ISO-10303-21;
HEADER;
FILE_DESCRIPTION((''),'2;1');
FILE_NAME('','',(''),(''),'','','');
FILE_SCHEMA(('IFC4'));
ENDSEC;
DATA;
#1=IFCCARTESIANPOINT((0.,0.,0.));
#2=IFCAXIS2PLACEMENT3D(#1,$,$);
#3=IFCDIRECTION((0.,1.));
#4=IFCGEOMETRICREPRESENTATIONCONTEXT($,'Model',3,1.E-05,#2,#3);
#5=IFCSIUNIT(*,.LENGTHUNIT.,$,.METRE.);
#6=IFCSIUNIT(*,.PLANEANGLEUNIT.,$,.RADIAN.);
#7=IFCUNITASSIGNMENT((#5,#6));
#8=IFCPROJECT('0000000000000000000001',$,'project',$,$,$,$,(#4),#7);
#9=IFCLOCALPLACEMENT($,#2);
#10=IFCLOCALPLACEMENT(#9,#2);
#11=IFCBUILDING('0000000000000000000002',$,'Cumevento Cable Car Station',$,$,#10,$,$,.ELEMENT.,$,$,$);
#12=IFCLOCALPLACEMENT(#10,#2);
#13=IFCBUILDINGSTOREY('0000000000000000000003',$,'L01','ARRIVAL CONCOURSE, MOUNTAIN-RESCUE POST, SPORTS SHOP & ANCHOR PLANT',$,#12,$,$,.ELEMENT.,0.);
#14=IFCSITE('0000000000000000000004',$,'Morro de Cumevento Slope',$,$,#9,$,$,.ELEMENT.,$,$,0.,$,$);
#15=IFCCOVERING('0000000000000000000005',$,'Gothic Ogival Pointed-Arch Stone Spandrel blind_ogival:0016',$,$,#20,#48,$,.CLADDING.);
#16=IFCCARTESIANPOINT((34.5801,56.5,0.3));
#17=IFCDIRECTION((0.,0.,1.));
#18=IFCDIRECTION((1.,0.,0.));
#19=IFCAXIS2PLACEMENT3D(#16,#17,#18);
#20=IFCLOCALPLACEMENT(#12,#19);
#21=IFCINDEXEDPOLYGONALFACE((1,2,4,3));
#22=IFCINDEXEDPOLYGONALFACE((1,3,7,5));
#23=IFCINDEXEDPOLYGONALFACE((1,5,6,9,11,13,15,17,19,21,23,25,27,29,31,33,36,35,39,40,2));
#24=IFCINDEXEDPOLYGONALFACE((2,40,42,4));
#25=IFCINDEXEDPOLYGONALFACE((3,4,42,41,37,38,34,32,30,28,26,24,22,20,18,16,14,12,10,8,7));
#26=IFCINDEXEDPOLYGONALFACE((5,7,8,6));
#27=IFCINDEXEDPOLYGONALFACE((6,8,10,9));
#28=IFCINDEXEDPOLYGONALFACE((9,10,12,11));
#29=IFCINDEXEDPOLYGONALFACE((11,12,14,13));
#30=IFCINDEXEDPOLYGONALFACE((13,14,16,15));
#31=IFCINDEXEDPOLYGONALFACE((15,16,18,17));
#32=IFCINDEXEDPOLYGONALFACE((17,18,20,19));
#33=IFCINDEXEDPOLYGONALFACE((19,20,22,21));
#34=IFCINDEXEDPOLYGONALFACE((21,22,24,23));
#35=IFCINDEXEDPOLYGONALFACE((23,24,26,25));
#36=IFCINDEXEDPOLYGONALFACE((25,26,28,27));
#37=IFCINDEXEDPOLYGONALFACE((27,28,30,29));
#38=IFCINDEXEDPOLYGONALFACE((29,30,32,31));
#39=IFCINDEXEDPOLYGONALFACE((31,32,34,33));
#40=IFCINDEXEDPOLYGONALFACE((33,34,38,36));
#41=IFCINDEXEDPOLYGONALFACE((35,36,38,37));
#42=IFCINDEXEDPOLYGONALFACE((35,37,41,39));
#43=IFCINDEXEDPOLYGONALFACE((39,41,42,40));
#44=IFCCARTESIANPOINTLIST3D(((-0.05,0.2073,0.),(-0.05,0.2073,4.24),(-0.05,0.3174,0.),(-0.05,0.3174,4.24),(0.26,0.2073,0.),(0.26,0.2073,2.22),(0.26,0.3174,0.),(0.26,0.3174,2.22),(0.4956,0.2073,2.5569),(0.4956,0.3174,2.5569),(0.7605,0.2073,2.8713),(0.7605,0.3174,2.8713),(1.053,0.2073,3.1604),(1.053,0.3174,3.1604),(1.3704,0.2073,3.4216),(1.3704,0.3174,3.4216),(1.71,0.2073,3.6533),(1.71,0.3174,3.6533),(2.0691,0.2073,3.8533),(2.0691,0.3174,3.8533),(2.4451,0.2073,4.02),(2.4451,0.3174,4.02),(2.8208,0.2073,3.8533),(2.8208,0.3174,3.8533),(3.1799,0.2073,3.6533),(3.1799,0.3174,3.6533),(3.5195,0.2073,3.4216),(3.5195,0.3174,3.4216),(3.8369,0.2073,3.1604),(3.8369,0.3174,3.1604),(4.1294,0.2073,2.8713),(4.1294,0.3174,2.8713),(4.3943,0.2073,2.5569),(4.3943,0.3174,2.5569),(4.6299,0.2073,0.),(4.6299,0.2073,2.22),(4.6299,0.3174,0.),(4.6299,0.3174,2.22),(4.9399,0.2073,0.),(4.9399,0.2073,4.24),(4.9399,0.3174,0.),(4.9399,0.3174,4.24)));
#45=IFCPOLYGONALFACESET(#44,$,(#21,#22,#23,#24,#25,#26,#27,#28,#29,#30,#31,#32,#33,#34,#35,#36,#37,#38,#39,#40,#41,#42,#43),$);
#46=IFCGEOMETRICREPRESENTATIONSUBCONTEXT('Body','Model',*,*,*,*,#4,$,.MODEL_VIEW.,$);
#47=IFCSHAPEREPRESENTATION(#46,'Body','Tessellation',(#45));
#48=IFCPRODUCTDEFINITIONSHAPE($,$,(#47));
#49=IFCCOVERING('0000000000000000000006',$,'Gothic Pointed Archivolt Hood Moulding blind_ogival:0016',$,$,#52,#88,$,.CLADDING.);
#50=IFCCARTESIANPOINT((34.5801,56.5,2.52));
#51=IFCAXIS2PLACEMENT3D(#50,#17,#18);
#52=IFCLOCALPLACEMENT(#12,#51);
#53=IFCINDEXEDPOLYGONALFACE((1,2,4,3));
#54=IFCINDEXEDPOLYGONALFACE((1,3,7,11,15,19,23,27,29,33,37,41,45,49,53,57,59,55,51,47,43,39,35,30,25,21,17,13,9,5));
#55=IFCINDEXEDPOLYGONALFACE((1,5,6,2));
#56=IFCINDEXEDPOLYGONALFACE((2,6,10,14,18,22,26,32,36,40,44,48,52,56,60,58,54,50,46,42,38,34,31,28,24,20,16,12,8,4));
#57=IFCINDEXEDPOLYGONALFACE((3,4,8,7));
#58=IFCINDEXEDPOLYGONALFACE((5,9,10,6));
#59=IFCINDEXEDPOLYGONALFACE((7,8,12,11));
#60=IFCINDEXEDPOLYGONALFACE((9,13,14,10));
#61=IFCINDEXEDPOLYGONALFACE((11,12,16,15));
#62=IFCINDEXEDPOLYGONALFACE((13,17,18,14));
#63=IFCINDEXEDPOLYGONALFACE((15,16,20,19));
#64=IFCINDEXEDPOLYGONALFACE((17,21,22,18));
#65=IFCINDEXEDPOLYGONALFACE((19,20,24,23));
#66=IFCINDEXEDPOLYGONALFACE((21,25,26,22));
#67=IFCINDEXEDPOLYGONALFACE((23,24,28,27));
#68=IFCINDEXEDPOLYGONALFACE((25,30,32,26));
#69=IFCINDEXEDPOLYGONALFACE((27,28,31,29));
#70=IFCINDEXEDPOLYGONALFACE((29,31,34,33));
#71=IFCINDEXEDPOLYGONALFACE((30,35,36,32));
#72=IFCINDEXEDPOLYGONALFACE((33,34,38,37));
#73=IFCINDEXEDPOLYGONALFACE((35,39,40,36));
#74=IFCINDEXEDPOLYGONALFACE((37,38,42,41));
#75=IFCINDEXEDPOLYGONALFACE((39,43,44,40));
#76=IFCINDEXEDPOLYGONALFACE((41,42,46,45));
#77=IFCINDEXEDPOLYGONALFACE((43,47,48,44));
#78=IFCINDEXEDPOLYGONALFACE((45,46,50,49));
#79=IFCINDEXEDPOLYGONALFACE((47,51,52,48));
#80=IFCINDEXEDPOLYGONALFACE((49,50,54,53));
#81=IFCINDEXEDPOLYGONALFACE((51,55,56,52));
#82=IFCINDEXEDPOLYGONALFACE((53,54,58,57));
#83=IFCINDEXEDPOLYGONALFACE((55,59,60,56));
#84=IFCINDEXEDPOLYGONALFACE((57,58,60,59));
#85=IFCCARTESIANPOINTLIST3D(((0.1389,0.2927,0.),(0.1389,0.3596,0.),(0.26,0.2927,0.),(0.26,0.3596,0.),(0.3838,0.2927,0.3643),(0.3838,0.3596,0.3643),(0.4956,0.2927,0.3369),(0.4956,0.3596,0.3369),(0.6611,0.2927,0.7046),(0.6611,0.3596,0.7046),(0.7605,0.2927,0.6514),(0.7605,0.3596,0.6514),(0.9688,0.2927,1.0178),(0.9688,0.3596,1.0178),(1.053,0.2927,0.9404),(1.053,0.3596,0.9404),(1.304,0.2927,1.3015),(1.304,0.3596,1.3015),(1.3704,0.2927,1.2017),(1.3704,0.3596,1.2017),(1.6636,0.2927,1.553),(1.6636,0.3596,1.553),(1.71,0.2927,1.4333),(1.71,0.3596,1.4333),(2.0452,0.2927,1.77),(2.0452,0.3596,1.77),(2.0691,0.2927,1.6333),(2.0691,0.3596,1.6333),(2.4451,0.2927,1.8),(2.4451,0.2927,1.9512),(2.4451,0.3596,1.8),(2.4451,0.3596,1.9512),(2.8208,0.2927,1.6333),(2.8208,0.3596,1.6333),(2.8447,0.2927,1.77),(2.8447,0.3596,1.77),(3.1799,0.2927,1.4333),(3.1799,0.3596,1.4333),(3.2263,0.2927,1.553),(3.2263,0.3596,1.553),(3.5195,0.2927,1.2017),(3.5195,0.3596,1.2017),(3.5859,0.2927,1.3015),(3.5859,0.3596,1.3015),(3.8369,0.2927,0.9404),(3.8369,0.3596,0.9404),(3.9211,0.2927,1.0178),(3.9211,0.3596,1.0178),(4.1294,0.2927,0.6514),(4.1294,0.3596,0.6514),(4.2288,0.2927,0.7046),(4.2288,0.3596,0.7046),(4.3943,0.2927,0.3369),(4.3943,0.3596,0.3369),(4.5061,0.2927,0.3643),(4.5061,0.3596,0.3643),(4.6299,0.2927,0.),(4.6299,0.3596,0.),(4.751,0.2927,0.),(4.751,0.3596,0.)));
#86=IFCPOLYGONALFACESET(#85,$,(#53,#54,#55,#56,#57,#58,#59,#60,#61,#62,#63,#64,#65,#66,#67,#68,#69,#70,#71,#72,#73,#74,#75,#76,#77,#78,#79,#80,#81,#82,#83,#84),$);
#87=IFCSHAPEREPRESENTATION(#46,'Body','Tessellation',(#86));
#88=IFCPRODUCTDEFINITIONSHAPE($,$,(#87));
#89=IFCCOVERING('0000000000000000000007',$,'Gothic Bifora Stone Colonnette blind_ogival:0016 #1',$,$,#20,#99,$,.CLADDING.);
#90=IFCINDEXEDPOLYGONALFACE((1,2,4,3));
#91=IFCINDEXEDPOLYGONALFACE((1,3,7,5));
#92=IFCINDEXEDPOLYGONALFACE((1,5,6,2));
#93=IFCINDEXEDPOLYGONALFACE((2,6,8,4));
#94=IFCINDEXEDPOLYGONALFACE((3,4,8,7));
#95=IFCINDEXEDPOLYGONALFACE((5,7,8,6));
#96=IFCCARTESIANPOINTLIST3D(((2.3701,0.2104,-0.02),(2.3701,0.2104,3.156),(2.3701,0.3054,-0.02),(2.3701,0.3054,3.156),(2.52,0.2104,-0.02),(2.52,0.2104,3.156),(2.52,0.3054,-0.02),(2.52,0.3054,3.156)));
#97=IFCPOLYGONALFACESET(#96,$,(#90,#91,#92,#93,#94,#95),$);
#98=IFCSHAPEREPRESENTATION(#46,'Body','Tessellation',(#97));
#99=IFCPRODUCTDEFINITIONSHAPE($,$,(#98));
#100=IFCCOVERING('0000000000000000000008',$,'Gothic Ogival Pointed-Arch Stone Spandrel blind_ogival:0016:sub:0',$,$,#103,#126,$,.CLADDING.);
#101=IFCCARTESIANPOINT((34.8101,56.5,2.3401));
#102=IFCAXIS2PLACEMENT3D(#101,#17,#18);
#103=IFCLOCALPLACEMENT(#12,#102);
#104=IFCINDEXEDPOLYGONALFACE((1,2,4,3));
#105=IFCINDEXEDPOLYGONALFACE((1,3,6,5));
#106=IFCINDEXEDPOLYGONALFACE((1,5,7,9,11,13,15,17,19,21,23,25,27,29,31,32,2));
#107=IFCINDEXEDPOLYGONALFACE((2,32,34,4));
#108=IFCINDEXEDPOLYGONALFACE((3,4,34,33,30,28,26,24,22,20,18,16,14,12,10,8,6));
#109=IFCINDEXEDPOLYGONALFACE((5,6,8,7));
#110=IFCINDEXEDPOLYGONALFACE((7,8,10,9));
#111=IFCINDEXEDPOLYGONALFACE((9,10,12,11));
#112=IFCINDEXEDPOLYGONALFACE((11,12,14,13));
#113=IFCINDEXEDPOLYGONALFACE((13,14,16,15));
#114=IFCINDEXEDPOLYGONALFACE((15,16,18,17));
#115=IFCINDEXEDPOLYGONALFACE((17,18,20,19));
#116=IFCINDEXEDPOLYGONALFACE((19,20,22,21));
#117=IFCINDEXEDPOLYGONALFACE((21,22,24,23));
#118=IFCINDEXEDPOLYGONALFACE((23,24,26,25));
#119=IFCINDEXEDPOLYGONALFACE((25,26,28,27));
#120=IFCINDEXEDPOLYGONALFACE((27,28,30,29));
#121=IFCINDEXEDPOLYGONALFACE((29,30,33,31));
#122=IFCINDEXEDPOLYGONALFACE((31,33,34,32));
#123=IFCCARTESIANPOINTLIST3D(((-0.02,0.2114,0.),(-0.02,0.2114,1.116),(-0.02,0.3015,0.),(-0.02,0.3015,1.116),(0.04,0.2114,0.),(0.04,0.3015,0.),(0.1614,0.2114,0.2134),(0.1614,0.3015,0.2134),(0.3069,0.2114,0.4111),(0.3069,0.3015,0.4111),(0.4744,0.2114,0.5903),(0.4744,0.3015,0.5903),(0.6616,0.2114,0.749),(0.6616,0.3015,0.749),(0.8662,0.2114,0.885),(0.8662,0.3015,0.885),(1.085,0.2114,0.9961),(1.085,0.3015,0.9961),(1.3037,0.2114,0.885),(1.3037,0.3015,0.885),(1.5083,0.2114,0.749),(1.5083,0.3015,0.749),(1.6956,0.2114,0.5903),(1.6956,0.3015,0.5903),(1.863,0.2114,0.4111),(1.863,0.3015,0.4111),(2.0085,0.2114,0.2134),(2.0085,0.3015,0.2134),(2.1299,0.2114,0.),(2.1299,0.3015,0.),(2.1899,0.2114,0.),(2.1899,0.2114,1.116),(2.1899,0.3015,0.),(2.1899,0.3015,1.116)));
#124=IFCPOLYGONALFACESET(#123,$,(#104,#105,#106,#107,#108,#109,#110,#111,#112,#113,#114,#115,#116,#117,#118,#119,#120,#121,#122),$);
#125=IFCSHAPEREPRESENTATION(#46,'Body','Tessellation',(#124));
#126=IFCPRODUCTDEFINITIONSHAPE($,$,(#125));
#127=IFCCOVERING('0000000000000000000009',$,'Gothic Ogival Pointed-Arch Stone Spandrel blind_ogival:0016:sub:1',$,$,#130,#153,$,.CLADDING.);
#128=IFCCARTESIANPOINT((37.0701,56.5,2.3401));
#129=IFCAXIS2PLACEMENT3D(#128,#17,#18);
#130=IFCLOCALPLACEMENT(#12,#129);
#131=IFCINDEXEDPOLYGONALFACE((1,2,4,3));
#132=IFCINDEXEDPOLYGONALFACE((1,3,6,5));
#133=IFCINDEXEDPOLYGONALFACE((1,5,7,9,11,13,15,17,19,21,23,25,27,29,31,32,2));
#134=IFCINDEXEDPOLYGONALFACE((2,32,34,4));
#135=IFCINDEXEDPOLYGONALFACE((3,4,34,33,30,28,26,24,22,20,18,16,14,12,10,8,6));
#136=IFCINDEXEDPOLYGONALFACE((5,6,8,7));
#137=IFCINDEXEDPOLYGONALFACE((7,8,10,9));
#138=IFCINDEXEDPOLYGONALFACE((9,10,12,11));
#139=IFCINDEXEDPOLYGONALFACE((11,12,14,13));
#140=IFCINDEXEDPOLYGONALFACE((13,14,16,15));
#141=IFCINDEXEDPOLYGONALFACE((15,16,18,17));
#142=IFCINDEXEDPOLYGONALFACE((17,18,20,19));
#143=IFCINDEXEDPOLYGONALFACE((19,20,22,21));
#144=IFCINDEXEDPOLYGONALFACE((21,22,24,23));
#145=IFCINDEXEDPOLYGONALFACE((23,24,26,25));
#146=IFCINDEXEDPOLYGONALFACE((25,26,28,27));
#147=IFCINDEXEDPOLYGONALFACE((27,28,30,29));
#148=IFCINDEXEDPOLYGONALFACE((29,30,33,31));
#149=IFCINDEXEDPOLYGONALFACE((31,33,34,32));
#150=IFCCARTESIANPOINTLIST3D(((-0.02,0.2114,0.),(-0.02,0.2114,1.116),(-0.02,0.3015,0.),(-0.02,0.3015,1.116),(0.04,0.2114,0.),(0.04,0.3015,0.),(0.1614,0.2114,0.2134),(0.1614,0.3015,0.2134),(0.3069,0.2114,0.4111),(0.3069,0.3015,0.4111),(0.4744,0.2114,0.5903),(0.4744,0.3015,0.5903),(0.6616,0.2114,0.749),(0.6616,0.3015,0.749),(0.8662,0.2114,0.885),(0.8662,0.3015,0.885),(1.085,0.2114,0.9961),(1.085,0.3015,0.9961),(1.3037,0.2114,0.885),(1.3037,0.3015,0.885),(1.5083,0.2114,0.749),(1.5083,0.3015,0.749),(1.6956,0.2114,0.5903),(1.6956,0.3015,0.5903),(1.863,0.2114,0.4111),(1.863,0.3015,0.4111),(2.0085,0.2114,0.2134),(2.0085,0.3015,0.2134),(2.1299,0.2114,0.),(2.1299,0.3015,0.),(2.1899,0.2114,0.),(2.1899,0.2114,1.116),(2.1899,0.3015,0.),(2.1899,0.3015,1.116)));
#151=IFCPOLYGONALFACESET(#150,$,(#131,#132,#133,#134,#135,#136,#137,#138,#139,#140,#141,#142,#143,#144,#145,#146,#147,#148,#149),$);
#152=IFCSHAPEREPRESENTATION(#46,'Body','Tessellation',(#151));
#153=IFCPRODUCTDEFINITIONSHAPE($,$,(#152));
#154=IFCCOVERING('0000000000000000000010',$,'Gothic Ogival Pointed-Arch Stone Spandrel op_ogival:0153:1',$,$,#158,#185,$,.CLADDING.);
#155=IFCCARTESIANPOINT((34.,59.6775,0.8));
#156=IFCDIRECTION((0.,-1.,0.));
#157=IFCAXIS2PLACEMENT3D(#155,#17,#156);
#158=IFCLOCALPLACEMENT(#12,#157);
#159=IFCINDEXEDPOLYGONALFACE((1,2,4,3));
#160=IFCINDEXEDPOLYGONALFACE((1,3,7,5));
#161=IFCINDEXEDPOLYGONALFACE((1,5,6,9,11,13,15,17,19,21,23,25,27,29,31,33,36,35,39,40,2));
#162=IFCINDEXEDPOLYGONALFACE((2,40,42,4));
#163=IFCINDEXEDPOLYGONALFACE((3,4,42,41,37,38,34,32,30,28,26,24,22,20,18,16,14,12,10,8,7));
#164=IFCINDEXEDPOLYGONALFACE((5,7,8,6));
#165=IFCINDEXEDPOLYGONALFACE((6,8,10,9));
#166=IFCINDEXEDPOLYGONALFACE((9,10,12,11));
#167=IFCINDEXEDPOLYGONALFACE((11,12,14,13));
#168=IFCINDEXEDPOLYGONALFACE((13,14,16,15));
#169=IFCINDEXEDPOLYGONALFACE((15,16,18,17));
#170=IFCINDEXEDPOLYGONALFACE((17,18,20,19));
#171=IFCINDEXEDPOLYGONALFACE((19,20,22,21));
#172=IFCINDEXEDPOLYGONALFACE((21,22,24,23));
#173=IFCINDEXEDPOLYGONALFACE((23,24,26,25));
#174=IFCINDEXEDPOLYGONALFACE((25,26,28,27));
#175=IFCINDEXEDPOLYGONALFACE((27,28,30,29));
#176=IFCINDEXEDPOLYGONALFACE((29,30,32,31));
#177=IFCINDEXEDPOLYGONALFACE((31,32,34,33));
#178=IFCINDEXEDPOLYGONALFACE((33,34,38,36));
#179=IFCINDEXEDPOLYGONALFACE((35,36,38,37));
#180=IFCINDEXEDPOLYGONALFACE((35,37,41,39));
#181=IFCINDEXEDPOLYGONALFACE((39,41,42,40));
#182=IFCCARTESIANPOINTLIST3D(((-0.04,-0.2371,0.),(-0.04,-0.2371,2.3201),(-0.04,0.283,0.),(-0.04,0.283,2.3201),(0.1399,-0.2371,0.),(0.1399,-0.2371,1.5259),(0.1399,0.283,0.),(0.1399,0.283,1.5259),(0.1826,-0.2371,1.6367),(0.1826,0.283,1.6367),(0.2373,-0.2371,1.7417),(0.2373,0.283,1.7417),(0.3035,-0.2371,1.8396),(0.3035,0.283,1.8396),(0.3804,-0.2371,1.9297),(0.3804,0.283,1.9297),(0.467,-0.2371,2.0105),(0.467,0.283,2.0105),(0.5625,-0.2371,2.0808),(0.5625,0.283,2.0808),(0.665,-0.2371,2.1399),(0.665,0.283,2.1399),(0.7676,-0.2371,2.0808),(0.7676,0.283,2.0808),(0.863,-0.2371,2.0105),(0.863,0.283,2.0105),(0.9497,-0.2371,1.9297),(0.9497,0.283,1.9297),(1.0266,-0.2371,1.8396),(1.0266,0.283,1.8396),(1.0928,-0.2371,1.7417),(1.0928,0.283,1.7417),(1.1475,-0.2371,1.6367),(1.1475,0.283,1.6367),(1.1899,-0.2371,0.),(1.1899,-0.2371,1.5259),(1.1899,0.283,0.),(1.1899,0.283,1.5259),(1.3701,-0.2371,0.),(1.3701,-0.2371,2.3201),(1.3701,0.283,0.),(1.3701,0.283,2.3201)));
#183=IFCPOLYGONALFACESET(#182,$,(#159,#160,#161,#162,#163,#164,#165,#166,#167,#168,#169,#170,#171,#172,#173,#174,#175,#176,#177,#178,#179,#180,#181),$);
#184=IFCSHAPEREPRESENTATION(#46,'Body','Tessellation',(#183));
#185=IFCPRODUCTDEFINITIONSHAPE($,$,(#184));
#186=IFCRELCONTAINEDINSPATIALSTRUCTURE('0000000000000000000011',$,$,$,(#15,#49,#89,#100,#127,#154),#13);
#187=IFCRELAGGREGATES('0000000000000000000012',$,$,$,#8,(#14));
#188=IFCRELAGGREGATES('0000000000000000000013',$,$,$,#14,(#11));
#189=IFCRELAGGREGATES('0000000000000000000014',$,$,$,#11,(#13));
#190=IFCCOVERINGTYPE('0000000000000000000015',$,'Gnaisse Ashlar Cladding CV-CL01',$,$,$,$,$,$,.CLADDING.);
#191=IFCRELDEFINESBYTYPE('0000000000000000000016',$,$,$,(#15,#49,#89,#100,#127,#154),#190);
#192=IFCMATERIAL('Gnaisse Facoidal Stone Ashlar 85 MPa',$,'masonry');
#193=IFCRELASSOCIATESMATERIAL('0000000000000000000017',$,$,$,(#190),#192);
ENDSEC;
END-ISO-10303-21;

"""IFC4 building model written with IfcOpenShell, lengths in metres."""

from ifc_helpers import new_model, si_unit, direction, frame, origin, place, context, subcontext, project, spatial, polyline, outline, extrude, material, type_object, element, save


model = new_model("IFC4")

# Units and contexts
model_context = context("Model", 3, precision=1e-05, world=origin(), true_north=direction((0.0, 1.0)))
body_context = subcontext(model_context, "Body", "Model", "MODEL_VIEW")
ifc_project = project(units=[si_unit("LENGTHUNIT", "METRE"), si_unit("PLANEANGLEUNIT", "RADIAN")], contexts=[model_context])

# Site, building, storey
site_placement = place(None, origin())
site = spatial("IfcSite", under=ifc_project, at=site_placement, Name="Morro de Cumevento Slope", CompositionType="ELEMENT", RefElevation=0.0)
building_placement = place(site_placement, origin())
building = spatial("IfcBuilding", under=site, at=building_placement, Name="Cumevento Cable Car Station", CompositionType="ELEMENT")
storey_placement = place(building_placement, origin())
storey = spatial("IfcBuildingStorey", under=building, at=storey_placement, Name="L01", Description="ARRIVAL CONCOURSE, MOUNTAIN-RESCUE POST, SPORTS SHOP & ANCHOR PLANT", CompositionType="ELEMENT", Elevation=0.0)

# Coverings
ifc_material_1 = material(Name="Gnaisse Facoidal Stone Ashlar 85 MPa", Category="masonry")
covering_type = type_object("IfcCoveringType", Name="Gnaisse Ashlar Cladding CV-CL01", PredefinedType="CLADDING", material=ifc_material_1)
placement = place(storey_placement, frame((34.5801, 56.5, 0.3), z_axis=(0.0, 0.0, 1.0), x_axis=(1.0, 0.0, 0.0)))
element("IfcCovering", 1, at=placement, inside=storey, type_object=covering_type, Name="Gothic Ogival Pointed-Arch Stone Spandrel blind_ogival:0016", PredefinedType="CLADDING", context=body_context, shape_type="SweptSolid", body=[
    extrude(outline(polyline([(-0.05, 0.0), (-0.05, 4.24), (4.9399, 4.24), (4.9399, 0.0), (4.6299, 0.0), (4.6299, 2.22), (4.3943, 2.5569), (4.1294, 2.8713), (3.8369, 3.1604), (3.5195, 3.4216), (3.1799, 3.6533), (2.8208, 3.8533), (2.4451, 4.02), (2.0691, 3.8533), (1.71, 3.6533), (1.3704, 3.4216), (1.053, 3.1604), (0.7605, 2.8713), (0.4956, 2.5569), (0.26, 2.22), (0.26, 0.0), (-0.05, 0.0)])), frame((0.0, 0.3174, 0.0), z_axis=(0.0, -1.0, 0.0), x_axis=(1.0, 0.0, 0.0)), (0.0, 0.0, 1.0), 0.1101),
])
covering_1_placement = place(storey_placement, frame((34.5801, 56.5, 2.52), z_axis=(0.0, 0.0, 1.0), x_axis=(1.0, 0.0, 0.0)))
element("IfcCovering", 2, at=covering_1_placement, inside=storey, type_object=covering_type, Name="Gothic Pointed Archivolt Hood Moulding blind_ogival:0016", PredefinedType="CLADDING", context=body_context, shape_type="SweptSolid", body=[
    extrude(outline(polyline([(0.26, 0.0), (0.4956, 0.3369), (0.7605, 0.6514), (1.053, 0.9404), (1.3704, 1.2017), (1.71, 1.4333), (2.0691, 1.6333), (2.4451, 1.8), (2.8208, 1.6333), (3.1799, 1.4333), (3.5195, 1.2017), (3.8369, 0.9404), (4.1294, 0.6514), (4.3943, 0.3369), (4.6299, 0.0), (4.751, 0.0), (4.5061, 0.3643), (4.2288, 0.7046), (3.9211, 1.0178), (3.5859, 1.3015), (3.2263, 1.553), (2.8447, 1.77), (2.4451, 1.9512), (2.0452, 1.77), (1.6636, 1.553), (1.304, 1.3015), (0.9688, 1.0178), (0.6611, 0.7046), (0.3838, 0.3643), (0.1389, 0.0), (0.26, 0.0)])), frame((0.0, 0.3596, 0.0), z_axis=(0.0, -1.0, 0.0), x_axis=(1.0, 0.0, 0.0)), (0.0, 0.0, 1.0), 0.0669),
])
element("IfcCovering", 3, at=placement, inside=storey, type_object=covering_type, Name="Gothic Bifora Stone Colonnette blind_ogival:0016 #1", PredefinedType="CLADDING", context=body_context, shape_type="SweptSolid", body=[
    extrude(outline(polyline([(2.3701, -0.02), (2.52, -0.02), (2.52, 3.156), (2.3701, 3.156), (2.3701, -0.02)])), frame((0.0, 0.3054, 0.0), z_axis=(0.0, -1.0, 0.0), x_axis=(1.0, 0.0, 0.0)), (0.0, 0.0, 1.0), 0.095),
])
for number, where, z_axis, x_axis, name in (
    (4, (34.8101, 56.5, 2.3401), (0.0, 0.0, 1.0), (1.0, 0.0, 0.0), "Gothic Ogival Pointed-Arch Stone Spandrel blind_ogival:0016:sub:0"),
    (5, (37.0701, 56.5, 2.3401), (0.0, 0.0, 1.0), (1.0, 0.0, 0.0), "Gothic Ogival Pointed-Arch Stone Spandrel blind_ogival:0016:sub:1"),
):
    element("IfcCovering", number, at=place(storey_placement, frame(where, z_axis=z_axis, x_axis=x_axis)), inside=storey, type_object=covering_type, Name=name, PredefinedType="CLADDING", context=body_context, shape_type="SweptSolid", body=[
        extrude(outline(polyline([(-0.02, 0.0), (-0.02, 1.116), (2.1899, 1.116), (2.1899, 0.0), (2.1299, 0.0), (2.0085, 0.2134), (1.863, 0.4111), (1.6956, 0.5903), (1.5083, 0.749), (1.3037, 0.885), (1.085, 0.9961), (0.8662, 0.885), (0.6616, 0.749), (0.4744, 0.5903), (0.3069, 0.4111), (0.1614, 0.2134), (0.04, 0.0), (-0.02, 0.0)])), frame((0.0, 0.3015, 0.0), z_axis=(0.0, -1.0, 0.0), x_axis=(1.0, 0.0, 0.0)), (0.0, 0.0, 1.0), 0.0901),
    ])
covering_2_placement = place(storey_placement, frame((34.0, 59.6775, 0.8), z_axis=(0.0, 0.0, 1.0), x_axis=(0.0, -1.0, 0.0)))
element("IfcCovering", 6, at=covering_2_placement, inside=storey, type_object=covering_type, Name="Gothic Ogival Pointed-Arch Stone Spandrel op_ogival:0153:1", PredefinedType="CLADDING", context=body_context, shape_type="SweptSolid", body=[
    extrude(outline(polyline([(-0.04, 0.0), (-0.04, 2.3201), (1.3701, 2.3201), (1.3701, 0.0), (1.1899, 0.0), (1.1899, 1.5259), (1.1475, 1.6367), (1.0928, 1.7417), (1.0266, 1.8396), (0.9497, 1.9297), (0.863, 2.0105), (0.7676, 2.0808), (0.665, 2.1399), (0.5625, 2.0808), (0.467, 2.0105), (0.3804, 1.9297), (0.3035, 1.8396), (0.2373, 1.7417), (0.1826, 1.6367), (0.1399, 1.5259), (0.1399, 0.0), (-0.04, 0.0)])), frame((0.0, 0.283, 0.0), z_axis=(0.0, -1.0, 0.0), x_axis=(1.0, 0.0, 0.0)), (0.0, 0.0, 1.0), 0.52),
])

save(model, "model.ifc")
